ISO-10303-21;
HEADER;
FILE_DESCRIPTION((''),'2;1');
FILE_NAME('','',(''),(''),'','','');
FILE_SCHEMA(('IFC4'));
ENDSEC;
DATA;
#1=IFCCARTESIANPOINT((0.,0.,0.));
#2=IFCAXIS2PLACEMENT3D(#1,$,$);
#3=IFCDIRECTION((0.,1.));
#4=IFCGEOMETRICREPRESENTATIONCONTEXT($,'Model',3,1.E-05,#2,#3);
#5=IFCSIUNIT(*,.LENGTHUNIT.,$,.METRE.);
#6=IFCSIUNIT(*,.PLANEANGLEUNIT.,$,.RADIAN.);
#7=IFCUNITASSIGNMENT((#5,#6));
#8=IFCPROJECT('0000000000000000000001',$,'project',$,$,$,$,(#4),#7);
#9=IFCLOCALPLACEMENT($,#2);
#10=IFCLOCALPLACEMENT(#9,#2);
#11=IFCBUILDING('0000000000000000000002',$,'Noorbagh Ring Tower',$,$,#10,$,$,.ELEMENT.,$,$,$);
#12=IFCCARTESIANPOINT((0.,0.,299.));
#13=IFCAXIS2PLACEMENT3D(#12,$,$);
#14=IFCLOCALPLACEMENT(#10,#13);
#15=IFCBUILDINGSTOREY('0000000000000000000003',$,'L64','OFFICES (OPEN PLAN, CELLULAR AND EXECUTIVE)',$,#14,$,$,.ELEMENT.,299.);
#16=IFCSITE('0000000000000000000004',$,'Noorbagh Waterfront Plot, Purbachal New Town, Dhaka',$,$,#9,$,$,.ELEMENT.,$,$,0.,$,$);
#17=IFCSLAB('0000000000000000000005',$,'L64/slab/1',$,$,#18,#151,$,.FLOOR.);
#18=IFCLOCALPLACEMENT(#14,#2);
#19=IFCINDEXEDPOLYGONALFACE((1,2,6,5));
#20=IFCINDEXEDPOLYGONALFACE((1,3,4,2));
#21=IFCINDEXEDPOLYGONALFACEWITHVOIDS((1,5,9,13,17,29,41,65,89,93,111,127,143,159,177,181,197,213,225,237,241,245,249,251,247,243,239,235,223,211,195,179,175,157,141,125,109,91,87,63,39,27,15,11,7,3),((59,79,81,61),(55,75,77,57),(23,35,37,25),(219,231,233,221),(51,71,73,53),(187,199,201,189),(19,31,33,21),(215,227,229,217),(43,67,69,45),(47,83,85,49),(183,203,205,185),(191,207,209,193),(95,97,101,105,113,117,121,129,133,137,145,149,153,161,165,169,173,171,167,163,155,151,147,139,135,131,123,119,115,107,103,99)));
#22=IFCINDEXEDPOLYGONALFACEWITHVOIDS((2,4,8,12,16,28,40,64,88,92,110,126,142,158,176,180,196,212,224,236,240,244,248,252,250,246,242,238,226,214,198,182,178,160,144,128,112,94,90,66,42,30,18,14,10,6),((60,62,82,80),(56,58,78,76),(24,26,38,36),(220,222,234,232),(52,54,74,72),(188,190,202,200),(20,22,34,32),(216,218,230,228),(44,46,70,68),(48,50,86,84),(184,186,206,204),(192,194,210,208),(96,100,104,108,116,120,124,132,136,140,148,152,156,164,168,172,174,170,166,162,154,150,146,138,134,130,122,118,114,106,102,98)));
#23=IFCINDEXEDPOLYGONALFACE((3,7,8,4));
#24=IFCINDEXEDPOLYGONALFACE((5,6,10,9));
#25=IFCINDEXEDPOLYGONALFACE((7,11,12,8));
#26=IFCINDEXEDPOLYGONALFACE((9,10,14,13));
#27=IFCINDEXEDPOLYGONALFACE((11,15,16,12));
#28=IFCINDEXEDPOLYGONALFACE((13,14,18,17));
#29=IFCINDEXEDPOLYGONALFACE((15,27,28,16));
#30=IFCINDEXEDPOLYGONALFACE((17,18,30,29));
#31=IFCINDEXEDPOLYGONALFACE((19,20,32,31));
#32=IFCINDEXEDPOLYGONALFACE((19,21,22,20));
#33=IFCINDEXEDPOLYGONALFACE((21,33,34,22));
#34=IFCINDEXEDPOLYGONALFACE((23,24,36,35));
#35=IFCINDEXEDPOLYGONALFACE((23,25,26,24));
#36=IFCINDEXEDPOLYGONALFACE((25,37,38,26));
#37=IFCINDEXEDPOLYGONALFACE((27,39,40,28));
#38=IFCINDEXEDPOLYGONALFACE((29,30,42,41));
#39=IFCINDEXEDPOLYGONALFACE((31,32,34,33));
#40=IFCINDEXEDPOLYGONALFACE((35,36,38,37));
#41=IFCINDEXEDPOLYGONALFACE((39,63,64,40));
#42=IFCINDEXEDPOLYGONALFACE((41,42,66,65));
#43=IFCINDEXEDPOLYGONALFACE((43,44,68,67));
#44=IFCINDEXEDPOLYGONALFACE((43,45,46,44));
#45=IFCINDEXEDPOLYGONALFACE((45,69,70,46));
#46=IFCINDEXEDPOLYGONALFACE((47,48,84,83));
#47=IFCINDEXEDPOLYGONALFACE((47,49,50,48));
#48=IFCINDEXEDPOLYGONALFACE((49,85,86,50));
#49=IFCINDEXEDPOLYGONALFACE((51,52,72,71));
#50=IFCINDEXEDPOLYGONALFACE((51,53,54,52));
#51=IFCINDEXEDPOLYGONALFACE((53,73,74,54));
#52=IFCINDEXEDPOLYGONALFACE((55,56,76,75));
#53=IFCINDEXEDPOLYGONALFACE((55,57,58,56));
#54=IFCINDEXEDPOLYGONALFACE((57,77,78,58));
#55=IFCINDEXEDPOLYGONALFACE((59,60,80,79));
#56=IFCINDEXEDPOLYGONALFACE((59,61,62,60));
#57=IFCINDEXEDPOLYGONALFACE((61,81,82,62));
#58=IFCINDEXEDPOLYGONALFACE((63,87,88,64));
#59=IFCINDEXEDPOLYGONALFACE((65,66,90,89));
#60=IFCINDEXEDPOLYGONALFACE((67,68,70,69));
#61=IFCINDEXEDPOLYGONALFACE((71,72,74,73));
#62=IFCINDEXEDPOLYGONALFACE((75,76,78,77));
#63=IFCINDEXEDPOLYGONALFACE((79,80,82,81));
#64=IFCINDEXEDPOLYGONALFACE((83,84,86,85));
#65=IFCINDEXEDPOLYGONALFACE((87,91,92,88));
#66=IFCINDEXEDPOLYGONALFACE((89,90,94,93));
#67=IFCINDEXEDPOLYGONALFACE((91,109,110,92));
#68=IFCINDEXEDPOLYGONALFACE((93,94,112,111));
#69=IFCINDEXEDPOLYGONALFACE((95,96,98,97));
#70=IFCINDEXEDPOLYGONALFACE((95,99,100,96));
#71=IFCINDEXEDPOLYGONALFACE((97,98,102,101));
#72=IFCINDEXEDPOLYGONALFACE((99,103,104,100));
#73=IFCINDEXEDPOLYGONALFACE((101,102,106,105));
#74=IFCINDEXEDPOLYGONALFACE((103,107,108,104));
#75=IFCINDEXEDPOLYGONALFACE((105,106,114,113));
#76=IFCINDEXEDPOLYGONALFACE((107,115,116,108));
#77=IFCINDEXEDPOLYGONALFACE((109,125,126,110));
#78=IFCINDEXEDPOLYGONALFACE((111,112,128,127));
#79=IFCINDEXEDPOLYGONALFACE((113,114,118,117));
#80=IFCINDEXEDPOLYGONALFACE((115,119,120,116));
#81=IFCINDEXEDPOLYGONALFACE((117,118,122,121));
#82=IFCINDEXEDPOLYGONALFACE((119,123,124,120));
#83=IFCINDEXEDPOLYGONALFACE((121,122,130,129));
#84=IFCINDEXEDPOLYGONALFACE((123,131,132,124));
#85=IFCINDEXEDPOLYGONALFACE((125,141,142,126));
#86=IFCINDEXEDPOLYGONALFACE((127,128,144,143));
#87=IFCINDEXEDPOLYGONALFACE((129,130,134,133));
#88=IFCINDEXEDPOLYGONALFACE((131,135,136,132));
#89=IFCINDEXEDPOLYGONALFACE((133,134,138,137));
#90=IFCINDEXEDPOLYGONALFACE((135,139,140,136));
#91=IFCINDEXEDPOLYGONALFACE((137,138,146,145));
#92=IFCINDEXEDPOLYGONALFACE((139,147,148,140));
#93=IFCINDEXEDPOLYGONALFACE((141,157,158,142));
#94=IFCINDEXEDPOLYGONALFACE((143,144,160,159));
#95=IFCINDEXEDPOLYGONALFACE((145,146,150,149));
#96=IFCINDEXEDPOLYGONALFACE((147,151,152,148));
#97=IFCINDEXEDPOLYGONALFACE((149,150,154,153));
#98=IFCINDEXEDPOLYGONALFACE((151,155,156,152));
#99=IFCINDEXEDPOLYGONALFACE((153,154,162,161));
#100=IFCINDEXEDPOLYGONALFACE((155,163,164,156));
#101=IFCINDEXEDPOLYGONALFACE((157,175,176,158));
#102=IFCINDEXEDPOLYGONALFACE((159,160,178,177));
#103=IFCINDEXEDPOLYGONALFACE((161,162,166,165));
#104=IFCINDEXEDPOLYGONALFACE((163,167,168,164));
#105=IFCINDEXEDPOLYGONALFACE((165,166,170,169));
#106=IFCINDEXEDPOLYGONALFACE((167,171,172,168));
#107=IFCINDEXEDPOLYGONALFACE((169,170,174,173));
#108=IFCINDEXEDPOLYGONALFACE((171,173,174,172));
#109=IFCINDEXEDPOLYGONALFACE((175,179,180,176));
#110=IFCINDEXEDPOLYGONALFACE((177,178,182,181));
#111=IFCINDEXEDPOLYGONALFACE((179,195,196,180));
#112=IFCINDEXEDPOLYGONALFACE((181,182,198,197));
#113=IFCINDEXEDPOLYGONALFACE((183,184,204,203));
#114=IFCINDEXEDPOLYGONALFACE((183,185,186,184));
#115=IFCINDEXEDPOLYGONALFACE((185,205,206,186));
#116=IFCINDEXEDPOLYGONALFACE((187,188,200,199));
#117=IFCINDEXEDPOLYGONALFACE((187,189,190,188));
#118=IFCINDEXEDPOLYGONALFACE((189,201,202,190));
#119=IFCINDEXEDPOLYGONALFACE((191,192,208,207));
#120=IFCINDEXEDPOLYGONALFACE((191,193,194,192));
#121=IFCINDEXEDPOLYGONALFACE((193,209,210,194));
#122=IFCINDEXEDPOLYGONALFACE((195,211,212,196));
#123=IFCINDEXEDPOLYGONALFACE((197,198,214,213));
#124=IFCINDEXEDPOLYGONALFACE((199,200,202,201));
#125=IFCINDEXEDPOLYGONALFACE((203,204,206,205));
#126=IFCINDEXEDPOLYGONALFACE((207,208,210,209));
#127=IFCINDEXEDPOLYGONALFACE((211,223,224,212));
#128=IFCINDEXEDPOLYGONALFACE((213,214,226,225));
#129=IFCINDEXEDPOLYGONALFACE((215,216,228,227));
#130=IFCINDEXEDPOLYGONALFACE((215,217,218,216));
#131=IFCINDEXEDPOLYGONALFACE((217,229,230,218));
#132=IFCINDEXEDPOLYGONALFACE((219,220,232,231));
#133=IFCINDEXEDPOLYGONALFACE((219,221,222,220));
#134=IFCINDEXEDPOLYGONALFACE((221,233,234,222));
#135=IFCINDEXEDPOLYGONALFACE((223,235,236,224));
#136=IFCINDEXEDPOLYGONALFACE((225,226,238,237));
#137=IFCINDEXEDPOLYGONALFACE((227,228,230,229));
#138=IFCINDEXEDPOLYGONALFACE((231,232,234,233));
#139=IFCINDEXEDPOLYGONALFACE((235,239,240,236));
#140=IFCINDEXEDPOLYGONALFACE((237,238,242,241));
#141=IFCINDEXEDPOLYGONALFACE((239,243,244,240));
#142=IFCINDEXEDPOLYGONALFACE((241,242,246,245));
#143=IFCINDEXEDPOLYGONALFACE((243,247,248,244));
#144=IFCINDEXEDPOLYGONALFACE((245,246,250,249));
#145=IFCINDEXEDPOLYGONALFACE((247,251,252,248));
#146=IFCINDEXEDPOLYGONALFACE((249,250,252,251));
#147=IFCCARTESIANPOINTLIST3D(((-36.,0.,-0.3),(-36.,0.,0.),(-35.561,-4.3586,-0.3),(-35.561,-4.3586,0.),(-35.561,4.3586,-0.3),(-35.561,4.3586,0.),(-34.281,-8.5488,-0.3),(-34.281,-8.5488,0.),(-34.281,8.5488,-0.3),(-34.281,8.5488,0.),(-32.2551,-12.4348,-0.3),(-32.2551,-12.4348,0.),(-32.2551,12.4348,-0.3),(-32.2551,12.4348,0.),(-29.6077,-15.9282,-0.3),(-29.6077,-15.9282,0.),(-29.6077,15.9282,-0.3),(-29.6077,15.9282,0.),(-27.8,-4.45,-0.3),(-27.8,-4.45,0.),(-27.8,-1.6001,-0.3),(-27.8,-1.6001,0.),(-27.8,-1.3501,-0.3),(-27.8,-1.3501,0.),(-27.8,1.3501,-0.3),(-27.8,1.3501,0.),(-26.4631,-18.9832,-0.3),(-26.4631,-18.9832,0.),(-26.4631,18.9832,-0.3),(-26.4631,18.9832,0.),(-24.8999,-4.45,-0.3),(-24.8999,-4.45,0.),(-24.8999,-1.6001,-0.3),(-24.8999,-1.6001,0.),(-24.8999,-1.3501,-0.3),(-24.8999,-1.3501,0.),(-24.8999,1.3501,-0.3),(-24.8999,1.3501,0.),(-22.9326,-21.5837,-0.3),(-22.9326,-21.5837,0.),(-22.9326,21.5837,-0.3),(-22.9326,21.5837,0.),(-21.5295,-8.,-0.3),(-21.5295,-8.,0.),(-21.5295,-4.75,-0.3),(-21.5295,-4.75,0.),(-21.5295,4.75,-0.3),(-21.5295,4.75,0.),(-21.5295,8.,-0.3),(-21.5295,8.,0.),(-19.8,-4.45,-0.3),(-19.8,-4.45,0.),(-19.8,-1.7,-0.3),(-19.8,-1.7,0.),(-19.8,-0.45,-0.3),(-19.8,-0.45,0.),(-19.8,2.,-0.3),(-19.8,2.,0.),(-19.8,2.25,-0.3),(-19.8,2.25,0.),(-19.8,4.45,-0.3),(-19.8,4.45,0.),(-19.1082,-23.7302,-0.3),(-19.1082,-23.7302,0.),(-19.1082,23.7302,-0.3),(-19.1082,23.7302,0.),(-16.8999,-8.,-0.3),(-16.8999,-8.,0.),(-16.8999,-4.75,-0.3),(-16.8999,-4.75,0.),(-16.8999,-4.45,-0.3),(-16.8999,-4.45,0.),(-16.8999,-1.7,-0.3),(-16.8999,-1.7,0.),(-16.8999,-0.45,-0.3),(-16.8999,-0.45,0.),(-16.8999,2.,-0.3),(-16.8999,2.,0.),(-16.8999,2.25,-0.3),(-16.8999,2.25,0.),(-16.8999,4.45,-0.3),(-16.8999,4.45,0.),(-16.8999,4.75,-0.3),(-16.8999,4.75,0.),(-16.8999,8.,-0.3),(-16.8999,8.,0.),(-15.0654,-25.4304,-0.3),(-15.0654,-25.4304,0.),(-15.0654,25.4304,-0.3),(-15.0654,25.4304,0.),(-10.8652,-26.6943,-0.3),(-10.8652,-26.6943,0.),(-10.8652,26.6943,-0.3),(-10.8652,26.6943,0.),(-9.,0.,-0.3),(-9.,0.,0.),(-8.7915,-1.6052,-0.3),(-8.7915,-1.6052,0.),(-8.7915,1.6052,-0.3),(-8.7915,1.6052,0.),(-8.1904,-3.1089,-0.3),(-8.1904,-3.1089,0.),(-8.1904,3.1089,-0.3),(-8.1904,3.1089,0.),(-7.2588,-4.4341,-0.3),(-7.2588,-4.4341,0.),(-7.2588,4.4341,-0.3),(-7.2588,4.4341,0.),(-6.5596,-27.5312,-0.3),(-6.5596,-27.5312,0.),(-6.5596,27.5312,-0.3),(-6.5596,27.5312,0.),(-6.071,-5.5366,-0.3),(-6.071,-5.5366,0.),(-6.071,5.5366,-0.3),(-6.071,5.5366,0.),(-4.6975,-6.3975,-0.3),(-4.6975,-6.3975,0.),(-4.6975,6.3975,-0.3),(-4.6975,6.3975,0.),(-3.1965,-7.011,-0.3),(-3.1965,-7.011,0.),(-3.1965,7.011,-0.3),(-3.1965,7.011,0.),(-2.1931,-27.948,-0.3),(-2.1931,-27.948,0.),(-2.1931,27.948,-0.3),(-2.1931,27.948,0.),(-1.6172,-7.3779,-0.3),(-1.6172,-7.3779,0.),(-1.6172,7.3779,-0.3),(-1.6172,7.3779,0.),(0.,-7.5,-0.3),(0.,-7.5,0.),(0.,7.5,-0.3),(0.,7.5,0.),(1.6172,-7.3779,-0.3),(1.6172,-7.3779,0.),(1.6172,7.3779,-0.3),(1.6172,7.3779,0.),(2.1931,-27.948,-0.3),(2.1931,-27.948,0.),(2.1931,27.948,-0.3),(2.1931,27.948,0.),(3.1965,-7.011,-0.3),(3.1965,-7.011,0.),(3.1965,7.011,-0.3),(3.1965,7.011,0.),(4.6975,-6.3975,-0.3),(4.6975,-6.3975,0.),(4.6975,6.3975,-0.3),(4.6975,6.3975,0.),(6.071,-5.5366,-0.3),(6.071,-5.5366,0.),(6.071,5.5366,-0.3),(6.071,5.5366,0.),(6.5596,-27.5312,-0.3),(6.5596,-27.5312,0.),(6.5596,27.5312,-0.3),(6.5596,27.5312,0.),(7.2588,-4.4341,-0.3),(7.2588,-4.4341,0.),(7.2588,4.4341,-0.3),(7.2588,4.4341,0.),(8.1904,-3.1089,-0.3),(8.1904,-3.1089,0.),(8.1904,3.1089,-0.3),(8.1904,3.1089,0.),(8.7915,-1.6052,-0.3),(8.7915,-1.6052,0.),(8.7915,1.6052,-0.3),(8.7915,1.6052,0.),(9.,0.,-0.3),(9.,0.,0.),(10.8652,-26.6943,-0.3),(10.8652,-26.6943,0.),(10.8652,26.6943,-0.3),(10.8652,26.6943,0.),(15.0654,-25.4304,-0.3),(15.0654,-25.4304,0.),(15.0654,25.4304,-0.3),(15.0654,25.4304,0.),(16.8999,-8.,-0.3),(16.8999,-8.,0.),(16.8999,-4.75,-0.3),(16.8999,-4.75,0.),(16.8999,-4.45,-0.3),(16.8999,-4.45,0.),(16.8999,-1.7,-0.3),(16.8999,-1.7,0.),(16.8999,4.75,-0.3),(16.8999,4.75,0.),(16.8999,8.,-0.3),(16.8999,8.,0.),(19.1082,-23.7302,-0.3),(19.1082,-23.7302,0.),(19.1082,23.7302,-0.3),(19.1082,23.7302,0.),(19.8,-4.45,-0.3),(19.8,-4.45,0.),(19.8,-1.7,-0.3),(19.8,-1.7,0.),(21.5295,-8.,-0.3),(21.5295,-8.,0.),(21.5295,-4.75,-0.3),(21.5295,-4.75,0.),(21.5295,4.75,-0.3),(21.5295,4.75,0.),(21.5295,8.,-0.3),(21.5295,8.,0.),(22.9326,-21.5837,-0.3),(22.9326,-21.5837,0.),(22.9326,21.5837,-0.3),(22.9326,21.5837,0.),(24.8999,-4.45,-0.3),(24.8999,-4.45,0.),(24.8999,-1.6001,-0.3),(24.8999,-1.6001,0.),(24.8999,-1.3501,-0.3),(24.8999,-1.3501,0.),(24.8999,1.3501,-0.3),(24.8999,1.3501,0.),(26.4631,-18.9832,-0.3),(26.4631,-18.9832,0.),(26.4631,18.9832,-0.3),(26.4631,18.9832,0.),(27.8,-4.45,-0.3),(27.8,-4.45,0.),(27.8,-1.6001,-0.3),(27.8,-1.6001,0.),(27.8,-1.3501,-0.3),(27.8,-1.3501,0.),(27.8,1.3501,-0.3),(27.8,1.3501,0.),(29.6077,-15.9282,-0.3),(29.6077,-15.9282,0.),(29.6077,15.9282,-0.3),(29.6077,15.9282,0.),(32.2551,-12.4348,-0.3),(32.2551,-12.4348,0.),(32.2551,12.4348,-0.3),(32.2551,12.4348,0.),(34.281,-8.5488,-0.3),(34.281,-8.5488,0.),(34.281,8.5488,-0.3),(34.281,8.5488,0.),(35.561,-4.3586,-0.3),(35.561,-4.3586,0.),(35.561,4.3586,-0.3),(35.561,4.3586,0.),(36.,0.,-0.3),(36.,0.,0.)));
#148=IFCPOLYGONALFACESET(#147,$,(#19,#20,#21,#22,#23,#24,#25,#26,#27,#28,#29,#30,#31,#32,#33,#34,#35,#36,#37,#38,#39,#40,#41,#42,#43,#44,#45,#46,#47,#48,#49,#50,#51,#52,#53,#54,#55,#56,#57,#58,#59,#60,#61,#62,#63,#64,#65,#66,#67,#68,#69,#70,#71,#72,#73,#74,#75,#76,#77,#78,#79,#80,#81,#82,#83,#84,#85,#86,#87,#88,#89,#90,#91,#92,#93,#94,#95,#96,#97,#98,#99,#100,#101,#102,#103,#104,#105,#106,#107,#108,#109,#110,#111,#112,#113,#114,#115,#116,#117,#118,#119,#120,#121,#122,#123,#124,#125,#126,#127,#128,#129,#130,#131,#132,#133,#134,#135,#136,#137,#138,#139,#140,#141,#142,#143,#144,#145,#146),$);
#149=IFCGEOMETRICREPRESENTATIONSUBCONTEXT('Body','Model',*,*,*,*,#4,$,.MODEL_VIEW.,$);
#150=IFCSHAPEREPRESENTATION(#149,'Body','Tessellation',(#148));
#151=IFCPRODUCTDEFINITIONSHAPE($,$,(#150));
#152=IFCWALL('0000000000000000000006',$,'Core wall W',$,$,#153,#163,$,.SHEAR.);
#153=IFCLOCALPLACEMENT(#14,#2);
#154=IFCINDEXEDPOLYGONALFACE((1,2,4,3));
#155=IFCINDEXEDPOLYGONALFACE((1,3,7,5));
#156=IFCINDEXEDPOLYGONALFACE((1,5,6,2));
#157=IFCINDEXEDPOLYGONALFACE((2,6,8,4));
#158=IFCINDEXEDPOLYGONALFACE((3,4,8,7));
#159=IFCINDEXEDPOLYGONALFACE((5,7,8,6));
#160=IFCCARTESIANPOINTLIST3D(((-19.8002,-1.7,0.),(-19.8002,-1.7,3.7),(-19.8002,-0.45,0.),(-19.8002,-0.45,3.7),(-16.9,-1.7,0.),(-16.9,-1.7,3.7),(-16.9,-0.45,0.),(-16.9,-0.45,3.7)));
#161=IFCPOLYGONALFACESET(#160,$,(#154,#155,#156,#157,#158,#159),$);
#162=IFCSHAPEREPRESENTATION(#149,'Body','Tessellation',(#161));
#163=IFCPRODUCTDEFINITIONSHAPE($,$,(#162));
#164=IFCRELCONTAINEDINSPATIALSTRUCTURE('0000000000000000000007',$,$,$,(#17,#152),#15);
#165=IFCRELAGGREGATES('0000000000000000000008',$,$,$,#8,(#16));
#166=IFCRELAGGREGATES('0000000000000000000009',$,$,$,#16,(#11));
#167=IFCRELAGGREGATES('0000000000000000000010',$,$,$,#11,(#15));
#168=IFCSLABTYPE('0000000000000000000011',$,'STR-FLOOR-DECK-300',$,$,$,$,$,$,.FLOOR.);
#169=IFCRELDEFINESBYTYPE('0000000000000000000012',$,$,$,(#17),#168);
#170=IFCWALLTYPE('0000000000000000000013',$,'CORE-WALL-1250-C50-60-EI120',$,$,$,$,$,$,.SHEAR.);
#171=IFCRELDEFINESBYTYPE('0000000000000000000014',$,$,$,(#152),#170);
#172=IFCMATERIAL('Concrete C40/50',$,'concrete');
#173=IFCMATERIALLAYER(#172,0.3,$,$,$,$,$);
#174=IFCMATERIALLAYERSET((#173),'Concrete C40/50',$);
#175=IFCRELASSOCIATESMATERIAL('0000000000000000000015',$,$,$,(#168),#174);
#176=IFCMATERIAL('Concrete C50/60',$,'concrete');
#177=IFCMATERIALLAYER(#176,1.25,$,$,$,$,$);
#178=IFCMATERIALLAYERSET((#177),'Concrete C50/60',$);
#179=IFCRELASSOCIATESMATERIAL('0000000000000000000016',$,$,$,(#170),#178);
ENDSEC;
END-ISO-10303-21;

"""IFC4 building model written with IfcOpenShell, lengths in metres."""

from ifc_helpers import new_model, si_unit, direction, frame, frame_2d, origin, place, context, subcontext, project, spatial, polyline, rectangle, outline, extrude, material, layer, layer_set, type_object, element, save


model = new_model("IFC4")

# Units and contexts
model_context = context("Model", 3, precision=1e-05, world=origin(), true_north=direction((0.0, 1.0)))
body_context = subcontext(model_context, "Body", "Model", "MODEL_VIEW")
ifc_project = project(units=[si_unit("LENGTHUNIT", "METRE"), si_unit("PLANEANGLEUNIT", "RADIAN")], contexts=[model_context])

# Site, building, storey
site_placement = place(None, origin())
site = spatial("IfcSite", under=ifc_project, at=site_placement, Name="Noorbagh Waterfront Plot, Purbachal New Town, Dhaka", CompositionType="ELEMENT", RefElevation=0.0)
building_placement = place(site_placement, origin())
building = spatial("IfcBuilding", under=site, at=building_placement, Name="Noorbagh Ring Tower", CompositionType="ELEMENT")
storey_placement = place(building_placement, frame((0.0, 0.0, 299.0)))
storey = spatial("IfcBuildingStorey", under=building, at=storey_placement, Name="L64", Description="OFFICES (OPEN PLAN, CELLULAR AND EXECUTIVE)", CompositionType="ELEMENT", Elevation=299.0)

# Slab
ifc_material_1 = material(Name="Concrete C40/50", Category="concrete")
ifc_layer_1 = layer(ifc_material_1, 0.3)
ifc_layer_set_1 = layer_set([ifc_layer_1], Name="Concrete C40/50")
slab_type_1 = type_object("IfcSlabType", Name="STR-FLOOR-DECK-300", PredefinedType="FLOOR", material=ifc_layer_set_1)
slab_1_placement = place(storey_placement, frame((0.0, 0.0, -0.3)))
element("IfcSlab", 1, at=slab_1_placement, inside=storey, type_object=slab_type_1, Name="L64/slab/1", PredefinedType="FLOOR", context=body_context, shape_type="SweptSolid", body=[
    extrude(outline(polyline([(36.0, 0.0), (35.561, 4.3586), (34.281, 8.5488), (32.2551, 12.4348), (29.6077, 15.9282), (26.4631, 18.9832), (22.9326, 21.5837), (19.1082, 23.7302), (15.0654, 25.4304), (10.8652, 26.6943), (6.5596, 27.5312), (2.1931, 27.948), (-2.1931, 27.948), (-6.5596, 27.5312), (-10.8652, 26.6943), (-15.0654, 25.4304), (-19.1082, 23.7302), (-22.9326, 21.5837), (-26.4631, 18.9832), (-29.6077, 15.9282), (-32.2551, 12.4348), (-34.281, 8.5488), (-35.561, 4.3586), (-36.0, 0.0), (-35.561, -4.3586), (-34.281, -8.5488), (-32.2551, -12.4348), (-29.6077, -15.9282), (-26.4631, -18.9832), (-22.9326, -21.5837), (-19.1082, -23.7302), (-15.0654, -25.4304), (-10.8652, -26.6943), (-6.5596, -27.5312), (-2.1931, -27.948), (2.1931, -27.948), (6.5596, -27.5312), (10.8652, -26.6943), (15.0654, -25.4304), (19.1082, -23.7302), (22.9326, -21.5837), (26.4631, -18.9832), (29.6077, -15.9282), (32.2551, -12.4348), (34.281, -8.5488), (35.561, -4.3586), (36.0, 0.0)]), holes=[polyline([(24.8999, -1.6001), (27.8, -1.6001), (27.8, -4.45), (24.8999, -4.45), (24.8999, -1.6001)]), polyline([(24.8999, 1.3501), (27.8, 1.3501), (27.8, -1.3501), (24.8999, -1.3501), (24.8999, 1.3501)]), polyline([(21.5295, -8.0), (16.8999, -8.0), (16.8999, -4.75), (21.5295, -4.75), (21.5295, -8.0)]), polyline([(21.5295, 4.75), (16.8999, 4.75), (16.8999, 8.0), (21.5295, 8.0), (21.5295, 4.75)]), polyline([(16.8999, -1.7), (19.8, -1.7), (19.8, -4.45), (16.8999, -4.45), (16.8999, -1.7)]), polyline([(4.6975, -6.3975), (3.1965, -7.011), (1.6172, -7.3779), (0.0, -7.5), (-1.6172, -7.3779), (-3.1965, -7.011), (-4.6975, -6.3975), (-6.071, -5.5366), (-7.2588, -4.4341), (-8.1904, -3.1089), (-8.7915, -1.6052), (-9.0, 0.0), (-8.7915, 1.6052), (-8.1904, 3.1089), (-7.2588, 4.4341), (-6.071, 5.5366), (-4.6975, 6.3975), (-3.1965, 7.011), (-1.6172, 7.3779), (0.0, 7.5), (1.6172, 7.3779), (3.1965, 7.011), (4.6975, 6.3975), (6.071, 5.5366), (7.2588, 4.4341), (8.1904, 3.1089), (8.7915, 1.6052), (9.0, 0.0), (8.7915, -1.6052), (8.1904, -3.1089), (7.2588, -4.4341), (6.071, -5.5366), (4.6975, -6.3975)]), polyline([(-21.5295, -8.0), (-21.5295, -4.75), (-16.8999, -4.75), (-16.8999, -8.0), (-21.5295, -8.0)]), polyline([(-21.5295, 4.75), (-21.5295, 8.0), (-16.8999, 8.0), (-16.8999, 4.75), (-21.5295, 4.75)]), polyline([(-16.8999, -4.45), (-19.8, -4.45), (-19.8, -1.7), (-16.8999, -1.7), (-16.8999, -4.45)]), polyline([(-16.8999, -0.45), (-19.8, -0.45), (-19.8, 2.0), (-16.8999, 2.0), (-16.8999, -0.45)]), polyline([(-16.8999, 2.25), (-19.8, 2.25), (-19.8, 4.45), (-16.8999, 4.45), (-16.8999, 2.25)]), polyline([(-24.8999, -4.45), (-27.8, -4.45), (-27.8, -1.6001), (-24.8999, -1.6001), (-24.8999, -4.45)]), polyline([(-24.8999, 1.3501), (-24.8999, -1.3501), (-27.8, -1.3501), (-27.8, 1.3501), (-24.8999, 1.3501)])]), origin(), (0.0, 0.0, 1.0), 0.3),
])

# Wall
ifc_material_2 = material(Name="Concrete C50/60", Category="concrete")
ifc_layer_2 = layer(ifc_material_2, 1.25)
ifc_layer_set_2 = layer_set([ifc_layer_2], Name="Concrete C50/60")
wall_type_1 = type_object("IfcWallType", Name="CORE-WALL-1250-C50-60-EI120", PredefinedType="SHEAR", material=ifc_layer_set_2)
wall_1_placement = place(storey_placement, frame((-16.8999, -1.075, 0.0), z_axis=(0.0, 0.0, 1.0), x_axis=(-1.0, 0.0, 0.0)))
element("IfcWall", 2, at=wall_1_placement, inside=storey, type_object=wall_type_1, Name="Core wall W", PredefinedType="SHEAR", context=body_context, shape_type="SweptSolid", body=[
    extrude(rectangle(XDim=2.9001, YDim=1.25, at=frame_2d((1.4502, 0.0))), origin(), (0.0, 0.0, 1.0), 3.7),
])

save(model, "model.ifc")
